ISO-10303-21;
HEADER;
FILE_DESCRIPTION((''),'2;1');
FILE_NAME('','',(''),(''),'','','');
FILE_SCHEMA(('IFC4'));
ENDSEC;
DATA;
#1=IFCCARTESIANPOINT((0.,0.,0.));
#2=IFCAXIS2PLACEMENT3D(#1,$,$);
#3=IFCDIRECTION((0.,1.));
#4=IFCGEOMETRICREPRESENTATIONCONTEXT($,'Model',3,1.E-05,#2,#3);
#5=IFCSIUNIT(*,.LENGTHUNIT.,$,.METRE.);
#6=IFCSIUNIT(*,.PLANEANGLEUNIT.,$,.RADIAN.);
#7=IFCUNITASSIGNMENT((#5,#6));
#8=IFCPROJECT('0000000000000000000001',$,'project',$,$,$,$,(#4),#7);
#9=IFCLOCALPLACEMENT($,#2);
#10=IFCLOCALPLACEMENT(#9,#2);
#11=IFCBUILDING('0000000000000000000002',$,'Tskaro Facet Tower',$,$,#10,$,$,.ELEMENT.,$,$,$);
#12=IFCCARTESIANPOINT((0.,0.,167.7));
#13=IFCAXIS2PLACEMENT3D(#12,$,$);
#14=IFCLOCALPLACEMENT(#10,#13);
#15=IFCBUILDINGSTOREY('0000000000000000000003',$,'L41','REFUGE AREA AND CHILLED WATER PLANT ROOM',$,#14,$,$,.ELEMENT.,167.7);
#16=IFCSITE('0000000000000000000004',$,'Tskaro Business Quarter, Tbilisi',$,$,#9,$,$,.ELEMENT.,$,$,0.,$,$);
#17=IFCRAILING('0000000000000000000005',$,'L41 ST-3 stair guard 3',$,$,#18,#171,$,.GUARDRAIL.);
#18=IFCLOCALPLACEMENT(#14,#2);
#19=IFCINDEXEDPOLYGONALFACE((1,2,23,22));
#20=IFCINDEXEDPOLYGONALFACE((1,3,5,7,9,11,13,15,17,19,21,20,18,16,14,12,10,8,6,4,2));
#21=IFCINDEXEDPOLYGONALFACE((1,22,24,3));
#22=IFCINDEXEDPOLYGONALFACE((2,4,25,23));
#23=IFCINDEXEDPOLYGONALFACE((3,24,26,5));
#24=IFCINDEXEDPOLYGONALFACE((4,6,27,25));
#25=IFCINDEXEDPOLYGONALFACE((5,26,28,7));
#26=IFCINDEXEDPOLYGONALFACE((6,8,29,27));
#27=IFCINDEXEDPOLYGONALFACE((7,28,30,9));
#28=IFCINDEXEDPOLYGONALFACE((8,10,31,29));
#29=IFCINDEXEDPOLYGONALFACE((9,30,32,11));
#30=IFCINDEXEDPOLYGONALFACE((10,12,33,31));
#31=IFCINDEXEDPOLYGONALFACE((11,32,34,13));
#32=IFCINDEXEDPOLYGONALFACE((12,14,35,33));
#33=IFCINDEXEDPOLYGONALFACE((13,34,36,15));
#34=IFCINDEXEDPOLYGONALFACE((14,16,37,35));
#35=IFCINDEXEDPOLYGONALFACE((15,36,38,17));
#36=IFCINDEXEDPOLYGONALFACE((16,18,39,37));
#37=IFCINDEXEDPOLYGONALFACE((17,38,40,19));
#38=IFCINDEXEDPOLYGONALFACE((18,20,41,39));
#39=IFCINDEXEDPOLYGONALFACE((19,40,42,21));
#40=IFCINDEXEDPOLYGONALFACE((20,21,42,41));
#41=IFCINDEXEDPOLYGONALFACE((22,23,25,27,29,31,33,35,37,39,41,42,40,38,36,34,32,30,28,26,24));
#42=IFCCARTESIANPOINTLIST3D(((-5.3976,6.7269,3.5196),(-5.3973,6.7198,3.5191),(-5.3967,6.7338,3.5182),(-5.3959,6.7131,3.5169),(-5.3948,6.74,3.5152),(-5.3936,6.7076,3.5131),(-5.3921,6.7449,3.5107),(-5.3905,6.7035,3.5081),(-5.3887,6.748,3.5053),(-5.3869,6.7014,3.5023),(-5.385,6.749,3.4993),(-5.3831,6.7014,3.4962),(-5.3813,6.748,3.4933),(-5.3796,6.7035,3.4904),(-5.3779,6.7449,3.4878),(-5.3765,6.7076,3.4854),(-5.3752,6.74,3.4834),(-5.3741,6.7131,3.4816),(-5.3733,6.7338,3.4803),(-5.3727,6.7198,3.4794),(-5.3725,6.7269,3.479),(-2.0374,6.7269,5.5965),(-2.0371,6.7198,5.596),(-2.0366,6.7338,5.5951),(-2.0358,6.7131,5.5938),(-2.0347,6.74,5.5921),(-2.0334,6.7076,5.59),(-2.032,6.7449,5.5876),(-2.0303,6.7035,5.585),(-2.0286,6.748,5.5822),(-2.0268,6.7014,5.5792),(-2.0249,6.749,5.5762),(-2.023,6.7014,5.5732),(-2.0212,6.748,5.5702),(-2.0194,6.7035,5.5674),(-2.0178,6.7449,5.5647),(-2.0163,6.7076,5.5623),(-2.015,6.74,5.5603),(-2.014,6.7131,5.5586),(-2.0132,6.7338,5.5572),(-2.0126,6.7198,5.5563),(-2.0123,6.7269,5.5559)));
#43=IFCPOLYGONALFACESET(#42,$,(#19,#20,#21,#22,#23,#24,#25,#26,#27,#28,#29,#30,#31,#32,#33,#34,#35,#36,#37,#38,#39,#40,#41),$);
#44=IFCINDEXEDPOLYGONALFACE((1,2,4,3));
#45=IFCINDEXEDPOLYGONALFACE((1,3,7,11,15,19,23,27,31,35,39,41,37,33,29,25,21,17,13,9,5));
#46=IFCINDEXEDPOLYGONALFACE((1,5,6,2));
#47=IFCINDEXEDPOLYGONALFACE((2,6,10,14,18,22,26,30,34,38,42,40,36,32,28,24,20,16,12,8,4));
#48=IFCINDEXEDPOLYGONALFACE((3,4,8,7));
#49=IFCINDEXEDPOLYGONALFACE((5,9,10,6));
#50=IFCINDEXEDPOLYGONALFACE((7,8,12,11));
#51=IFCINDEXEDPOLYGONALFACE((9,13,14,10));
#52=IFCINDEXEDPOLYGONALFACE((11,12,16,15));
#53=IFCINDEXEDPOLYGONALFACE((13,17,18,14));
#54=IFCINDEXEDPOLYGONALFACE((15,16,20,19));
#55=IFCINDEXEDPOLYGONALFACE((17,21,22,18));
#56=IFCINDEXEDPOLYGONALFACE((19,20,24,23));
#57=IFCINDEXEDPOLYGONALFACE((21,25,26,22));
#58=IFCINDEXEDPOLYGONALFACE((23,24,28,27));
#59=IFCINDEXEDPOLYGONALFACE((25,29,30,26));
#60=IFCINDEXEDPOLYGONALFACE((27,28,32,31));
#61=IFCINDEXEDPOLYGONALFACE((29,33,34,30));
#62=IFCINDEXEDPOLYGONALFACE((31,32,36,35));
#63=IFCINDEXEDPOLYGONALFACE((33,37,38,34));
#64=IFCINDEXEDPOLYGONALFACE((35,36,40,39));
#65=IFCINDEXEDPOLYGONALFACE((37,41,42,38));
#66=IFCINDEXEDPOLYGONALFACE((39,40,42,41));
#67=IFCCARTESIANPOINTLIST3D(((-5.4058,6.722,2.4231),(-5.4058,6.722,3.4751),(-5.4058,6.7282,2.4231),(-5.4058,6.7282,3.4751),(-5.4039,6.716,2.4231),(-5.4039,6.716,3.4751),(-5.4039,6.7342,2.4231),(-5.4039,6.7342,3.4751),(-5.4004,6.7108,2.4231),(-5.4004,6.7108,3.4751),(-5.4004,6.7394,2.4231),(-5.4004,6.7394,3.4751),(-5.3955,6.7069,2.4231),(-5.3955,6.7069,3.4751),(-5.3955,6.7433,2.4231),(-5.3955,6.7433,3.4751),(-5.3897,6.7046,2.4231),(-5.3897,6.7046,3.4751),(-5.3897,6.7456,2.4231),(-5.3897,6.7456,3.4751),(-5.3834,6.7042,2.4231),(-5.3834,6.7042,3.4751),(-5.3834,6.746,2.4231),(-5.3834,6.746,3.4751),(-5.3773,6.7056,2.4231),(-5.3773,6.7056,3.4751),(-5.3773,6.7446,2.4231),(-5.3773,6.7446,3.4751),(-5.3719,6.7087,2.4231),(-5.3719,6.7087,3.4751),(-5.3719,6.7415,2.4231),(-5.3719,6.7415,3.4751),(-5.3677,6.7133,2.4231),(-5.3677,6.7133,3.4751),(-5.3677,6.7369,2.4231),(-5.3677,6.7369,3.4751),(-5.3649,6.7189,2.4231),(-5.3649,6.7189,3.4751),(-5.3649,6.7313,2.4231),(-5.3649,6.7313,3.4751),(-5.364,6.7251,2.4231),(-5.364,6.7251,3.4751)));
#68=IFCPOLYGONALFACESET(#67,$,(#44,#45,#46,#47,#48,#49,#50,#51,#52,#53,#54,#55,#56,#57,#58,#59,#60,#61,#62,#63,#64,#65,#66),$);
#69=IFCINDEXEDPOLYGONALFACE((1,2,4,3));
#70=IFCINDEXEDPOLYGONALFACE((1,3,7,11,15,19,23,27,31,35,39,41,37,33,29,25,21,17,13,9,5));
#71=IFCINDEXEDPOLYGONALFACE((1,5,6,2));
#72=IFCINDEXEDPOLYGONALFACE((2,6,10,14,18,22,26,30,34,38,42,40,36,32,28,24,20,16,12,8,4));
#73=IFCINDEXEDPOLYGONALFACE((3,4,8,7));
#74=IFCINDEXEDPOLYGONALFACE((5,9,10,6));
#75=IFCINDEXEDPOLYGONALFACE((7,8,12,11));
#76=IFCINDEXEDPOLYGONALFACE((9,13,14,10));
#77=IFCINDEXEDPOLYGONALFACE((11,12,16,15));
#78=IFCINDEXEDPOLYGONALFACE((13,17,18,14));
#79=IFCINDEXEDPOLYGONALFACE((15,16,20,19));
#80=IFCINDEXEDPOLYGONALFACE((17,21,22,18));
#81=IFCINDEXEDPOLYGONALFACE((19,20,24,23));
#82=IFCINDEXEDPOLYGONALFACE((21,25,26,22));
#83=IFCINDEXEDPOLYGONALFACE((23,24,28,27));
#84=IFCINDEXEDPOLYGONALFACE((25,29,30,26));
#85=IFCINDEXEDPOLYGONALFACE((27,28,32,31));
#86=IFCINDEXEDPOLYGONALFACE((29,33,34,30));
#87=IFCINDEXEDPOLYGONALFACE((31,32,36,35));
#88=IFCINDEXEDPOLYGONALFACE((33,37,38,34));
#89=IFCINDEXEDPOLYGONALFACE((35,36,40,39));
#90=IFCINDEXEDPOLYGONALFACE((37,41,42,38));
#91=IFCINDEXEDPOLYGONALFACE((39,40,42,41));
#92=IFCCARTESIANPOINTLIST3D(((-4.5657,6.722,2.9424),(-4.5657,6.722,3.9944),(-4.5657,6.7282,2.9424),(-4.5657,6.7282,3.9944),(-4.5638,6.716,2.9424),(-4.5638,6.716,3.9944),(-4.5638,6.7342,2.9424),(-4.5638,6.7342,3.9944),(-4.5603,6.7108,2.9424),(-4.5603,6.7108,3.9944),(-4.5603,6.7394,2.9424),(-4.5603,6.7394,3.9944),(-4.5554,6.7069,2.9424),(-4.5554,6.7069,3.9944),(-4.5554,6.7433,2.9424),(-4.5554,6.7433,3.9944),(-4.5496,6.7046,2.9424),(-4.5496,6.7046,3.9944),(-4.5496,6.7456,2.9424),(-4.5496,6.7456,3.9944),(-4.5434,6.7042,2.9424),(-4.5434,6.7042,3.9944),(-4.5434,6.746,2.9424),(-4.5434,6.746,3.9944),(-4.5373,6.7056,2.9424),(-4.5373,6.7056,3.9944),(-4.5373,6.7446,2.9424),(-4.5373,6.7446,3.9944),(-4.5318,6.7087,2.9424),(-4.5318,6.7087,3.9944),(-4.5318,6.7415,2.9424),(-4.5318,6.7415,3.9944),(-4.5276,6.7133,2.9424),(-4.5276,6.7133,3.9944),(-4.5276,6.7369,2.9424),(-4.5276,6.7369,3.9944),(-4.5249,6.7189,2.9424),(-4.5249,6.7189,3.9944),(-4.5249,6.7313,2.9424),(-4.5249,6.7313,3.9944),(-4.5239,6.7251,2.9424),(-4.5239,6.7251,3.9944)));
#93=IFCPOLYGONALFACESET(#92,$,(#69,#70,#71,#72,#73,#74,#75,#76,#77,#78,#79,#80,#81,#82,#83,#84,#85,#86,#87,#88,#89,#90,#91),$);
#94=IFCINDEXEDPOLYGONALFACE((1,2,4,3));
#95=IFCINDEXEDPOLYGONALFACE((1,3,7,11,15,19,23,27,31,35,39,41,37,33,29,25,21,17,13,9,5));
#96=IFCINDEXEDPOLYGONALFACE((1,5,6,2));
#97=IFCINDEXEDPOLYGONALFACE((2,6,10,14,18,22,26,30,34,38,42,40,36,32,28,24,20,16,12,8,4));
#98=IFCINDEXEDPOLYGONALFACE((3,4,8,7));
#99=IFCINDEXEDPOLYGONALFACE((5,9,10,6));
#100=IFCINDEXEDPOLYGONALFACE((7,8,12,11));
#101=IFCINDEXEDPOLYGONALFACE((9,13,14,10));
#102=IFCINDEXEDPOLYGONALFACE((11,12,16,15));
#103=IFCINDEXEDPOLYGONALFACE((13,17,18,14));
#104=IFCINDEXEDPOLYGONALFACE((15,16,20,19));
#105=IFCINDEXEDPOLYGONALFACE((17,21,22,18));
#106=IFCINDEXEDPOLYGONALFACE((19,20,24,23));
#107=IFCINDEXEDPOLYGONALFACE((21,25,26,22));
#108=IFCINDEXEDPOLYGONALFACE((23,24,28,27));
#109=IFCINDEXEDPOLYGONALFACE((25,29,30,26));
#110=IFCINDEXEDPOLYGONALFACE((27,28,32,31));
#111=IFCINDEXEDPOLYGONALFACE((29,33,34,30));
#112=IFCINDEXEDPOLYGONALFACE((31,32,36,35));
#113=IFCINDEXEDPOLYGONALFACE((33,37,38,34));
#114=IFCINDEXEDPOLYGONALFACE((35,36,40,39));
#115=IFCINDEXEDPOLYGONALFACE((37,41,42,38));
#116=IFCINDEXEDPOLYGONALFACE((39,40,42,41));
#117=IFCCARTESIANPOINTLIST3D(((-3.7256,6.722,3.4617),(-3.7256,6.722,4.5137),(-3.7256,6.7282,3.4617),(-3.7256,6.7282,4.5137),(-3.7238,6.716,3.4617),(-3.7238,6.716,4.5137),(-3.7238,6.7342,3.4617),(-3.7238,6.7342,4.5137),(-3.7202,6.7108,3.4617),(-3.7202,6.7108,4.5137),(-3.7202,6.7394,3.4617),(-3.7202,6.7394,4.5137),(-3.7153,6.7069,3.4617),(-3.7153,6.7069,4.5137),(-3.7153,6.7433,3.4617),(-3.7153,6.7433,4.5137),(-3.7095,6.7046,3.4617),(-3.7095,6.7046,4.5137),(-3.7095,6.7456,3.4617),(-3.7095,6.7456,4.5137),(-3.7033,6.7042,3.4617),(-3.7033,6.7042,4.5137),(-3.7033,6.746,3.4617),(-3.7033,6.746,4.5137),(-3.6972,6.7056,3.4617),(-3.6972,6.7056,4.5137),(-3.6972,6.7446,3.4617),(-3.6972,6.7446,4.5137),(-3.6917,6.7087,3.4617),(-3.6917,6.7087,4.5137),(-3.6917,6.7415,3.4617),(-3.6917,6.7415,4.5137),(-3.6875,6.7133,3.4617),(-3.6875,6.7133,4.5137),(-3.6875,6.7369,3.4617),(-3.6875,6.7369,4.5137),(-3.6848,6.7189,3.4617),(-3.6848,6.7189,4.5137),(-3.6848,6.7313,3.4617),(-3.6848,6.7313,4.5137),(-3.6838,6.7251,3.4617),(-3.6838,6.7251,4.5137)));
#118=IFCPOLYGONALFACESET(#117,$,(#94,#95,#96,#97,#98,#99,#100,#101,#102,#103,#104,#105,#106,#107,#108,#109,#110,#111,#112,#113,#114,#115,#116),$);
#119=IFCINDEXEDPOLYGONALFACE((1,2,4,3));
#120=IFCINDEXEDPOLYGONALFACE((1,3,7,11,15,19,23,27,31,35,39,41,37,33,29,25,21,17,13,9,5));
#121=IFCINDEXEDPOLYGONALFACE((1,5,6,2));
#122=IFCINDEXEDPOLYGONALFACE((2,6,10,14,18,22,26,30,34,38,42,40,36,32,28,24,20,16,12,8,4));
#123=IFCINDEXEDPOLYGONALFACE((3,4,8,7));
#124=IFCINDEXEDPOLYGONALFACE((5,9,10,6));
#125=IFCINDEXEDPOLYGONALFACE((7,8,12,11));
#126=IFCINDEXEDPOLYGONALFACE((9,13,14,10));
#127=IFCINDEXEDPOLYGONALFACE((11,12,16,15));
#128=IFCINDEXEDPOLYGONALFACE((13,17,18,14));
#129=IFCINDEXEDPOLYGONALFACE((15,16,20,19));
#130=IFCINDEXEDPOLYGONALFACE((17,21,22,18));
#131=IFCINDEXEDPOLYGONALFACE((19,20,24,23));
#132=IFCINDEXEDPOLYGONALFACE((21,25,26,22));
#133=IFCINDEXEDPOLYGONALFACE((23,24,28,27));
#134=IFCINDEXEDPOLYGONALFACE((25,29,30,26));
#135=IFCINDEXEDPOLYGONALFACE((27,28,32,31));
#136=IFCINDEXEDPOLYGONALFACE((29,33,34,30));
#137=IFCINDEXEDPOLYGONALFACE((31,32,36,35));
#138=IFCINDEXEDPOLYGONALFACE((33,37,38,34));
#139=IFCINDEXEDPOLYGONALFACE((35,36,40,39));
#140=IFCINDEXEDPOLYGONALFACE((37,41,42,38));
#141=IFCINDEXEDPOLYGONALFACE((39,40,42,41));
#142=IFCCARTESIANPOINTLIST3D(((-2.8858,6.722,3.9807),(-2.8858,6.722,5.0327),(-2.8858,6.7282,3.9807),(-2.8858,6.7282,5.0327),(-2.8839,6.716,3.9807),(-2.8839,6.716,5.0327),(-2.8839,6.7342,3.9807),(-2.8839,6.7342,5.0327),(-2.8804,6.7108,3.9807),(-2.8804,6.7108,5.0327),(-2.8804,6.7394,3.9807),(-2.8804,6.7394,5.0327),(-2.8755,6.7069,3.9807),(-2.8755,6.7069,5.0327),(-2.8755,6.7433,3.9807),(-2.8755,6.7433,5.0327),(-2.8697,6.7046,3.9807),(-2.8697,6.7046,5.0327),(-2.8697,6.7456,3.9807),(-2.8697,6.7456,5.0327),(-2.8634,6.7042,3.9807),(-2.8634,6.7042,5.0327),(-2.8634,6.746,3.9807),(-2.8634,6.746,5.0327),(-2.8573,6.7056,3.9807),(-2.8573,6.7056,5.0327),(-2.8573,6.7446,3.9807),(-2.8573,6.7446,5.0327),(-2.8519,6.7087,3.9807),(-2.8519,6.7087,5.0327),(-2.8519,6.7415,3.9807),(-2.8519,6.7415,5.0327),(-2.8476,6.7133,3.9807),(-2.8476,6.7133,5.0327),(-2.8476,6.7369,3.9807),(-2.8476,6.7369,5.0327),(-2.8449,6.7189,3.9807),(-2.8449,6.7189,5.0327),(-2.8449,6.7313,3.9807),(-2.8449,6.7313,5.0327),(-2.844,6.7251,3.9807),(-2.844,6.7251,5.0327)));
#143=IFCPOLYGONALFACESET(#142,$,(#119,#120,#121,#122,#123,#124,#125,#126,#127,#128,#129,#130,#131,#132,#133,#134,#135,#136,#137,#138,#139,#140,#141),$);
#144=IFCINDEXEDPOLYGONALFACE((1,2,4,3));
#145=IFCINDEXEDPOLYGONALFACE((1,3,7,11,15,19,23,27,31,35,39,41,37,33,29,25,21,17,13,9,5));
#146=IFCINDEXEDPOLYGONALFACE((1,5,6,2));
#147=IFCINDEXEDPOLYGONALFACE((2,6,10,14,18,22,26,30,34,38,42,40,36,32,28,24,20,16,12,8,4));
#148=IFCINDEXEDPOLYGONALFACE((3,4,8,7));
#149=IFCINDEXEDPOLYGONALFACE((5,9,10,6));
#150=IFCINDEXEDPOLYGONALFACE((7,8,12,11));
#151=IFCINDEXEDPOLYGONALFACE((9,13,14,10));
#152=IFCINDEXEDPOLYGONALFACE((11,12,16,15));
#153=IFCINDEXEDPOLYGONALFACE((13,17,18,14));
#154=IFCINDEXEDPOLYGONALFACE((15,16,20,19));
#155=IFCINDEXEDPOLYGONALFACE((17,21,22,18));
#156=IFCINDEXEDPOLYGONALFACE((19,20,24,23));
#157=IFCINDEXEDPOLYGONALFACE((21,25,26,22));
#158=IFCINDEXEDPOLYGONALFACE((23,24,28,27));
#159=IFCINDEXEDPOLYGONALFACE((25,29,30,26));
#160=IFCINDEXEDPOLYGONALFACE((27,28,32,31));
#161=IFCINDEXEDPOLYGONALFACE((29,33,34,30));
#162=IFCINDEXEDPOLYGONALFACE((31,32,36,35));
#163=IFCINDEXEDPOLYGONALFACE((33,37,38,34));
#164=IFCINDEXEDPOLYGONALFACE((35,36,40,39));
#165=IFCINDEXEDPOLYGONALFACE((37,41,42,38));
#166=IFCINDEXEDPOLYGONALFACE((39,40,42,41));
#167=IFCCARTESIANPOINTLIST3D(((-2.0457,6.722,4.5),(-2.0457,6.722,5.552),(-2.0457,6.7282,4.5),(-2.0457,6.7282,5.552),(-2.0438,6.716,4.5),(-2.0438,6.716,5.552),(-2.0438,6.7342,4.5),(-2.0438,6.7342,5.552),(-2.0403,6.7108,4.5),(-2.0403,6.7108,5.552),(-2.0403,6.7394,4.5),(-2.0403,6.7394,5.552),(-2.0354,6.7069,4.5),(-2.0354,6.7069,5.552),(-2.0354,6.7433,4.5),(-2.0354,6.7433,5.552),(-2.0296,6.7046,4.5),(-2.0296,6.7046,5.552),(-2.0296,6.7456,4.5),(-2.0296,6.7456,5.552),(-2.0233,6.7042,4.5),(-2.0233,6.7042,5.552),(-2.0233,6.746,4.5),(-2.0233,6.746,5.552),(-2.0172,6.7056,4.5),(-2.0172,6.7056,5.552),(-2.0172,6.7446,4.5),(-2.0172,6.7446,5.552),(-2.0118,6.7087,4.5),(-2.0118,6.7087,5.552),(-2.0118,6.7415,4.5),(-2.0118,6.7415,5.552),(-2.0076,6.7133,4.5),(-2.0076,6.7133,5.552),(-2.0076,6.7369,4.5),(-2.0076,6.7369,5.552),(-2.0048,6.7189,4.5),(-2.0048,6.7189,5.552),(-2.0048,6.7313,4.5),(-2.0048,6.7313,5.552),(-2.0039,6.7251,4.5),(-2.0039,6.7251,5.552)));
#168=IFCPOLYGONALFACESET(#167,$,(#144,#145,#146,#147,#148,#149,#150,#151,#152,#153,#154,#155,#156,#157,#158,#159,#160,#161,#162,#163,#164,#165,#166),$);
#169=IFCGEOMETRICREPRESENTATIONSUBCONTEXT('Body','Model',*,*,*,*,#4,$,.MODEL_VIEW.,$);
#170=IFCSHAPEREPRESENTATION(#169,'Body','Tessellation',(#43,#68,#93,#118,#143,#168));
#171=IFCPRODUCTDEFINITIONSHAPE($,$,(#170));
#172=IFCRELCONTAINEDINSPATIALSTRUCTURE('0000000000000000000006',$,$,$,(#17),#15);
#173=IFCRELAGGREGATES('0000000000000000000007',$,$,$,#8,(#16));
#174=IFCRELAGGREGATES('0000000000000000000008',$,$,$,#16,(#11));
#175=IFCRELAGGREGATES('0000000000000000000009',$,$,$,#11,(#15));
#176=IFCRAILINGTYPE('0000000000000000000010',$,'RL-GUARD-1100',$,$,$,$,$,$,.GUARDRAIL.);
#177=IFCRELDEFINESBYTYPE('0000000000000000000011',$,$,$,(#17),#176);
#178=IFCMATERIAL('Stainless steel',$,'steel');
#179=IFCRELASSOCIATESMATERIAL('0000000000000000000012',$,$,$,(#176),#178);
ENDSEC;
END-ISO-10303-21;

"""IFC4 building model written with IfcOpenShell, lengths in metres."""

from ifc_helpers import new_model, si_unit, direction, frame, origin, origin_2d, place, context, subcontext, project, spatial, circle, extrude, material, type_object, element, save


model = new_model("IFC4")

# Units and contexts
model_context = context("Model", 3, precision=1e-05, world=origin(), true_north=direction((0.0, 1.0)))
body_context = subcontext(model_context, "Body", "Model", "MODEL_VIEW")
ifc_project = project(units=[si_unit("LENGTHUNIT", "METRE"), si_unit("PLANEANGLEUNIT", "RADIAN")], contexts=[model_context])

# Site, building, storey
site_placement = place(None, origin())
site = spatial("IfcSite", under=ifc_project, at=site_placement, Name="Tskaro Business Quarter, Tbilisi", CompositionType="ELEMENT", RefElevation=0.0)
building_placement = place(site_placement, origin())
building = spatial("IfcBuilding", under=site, at=building_placement, Name="Tskaro Facet Tower", CompositionType="ELEMENT")
storey_placement = place(building_placement, frame((0.0, 0.0, 167.7)))
storey = spatial("IfcBuildingStorey", under=building, at=storey_placement, Name="L41", Description="REFUGE AREA AND CHILLED WATER PLANT ROOM", CompositionType="ELEMENT", Elevation=167.7)

# Railing
ifc_material_1 = material(Name="Stainless steel", Category="steel")
railing_type_1 = type_object("IfcRailingType", Name="RL-GUARD-1100", PredefinedType="GUARDRAIL", material=ifc_material_1)
railing_1_placement = place(storey_placement, frame((-5.385, 6.7251, 2.4231)))
element("IfcRailing", 1, at=railing_1_placement, inside=storey, type_object=railing_type_1, Name="L41 ST-3 stair guard 3", PredefinedType="GUARDRAIL", context=body_context, shape_type="SweptSolid", body=[
    extrude(circle(Radius=0.0239, at=origin_2d()), frame((0.0, 0.0, 1.0762), z_axis=(0.850623, 0.0, 0.525776), x_axis=(0.0, 1.0, 0.0)), (0.0, 0.0, 1.0), 3.9502),
    extrude(circle(Radius=0.021, at=origin_2d()), origin(), (0.0, 0.0, 1.0), 1.052),
    extrude(circle(Radius=0.021, at=origin_2d()), frame((0.8401, 0.0, 0.5193)), (0.0, 0.0, 1.0), 1.052),
    extrude(circle(Radius=0.021, at=origin_2d()), frame((1.6802, 0.0, 1.0386)), (0.0, 0.0, 1.0), 1.052),
    extrude(circle(Radius=0.021, at=origin_2d()), frame((2.52, 0.0, 1.5576)), (0.0, 0.0, 1.0), 1.052),
    extrude(circle(Radius=0.021, at=origin_2d()), frame((3.3601, 0.0, 2.0769)), (0.0, 0.0, 1.0), 1.052),
])

save(model, "model.ifc")
